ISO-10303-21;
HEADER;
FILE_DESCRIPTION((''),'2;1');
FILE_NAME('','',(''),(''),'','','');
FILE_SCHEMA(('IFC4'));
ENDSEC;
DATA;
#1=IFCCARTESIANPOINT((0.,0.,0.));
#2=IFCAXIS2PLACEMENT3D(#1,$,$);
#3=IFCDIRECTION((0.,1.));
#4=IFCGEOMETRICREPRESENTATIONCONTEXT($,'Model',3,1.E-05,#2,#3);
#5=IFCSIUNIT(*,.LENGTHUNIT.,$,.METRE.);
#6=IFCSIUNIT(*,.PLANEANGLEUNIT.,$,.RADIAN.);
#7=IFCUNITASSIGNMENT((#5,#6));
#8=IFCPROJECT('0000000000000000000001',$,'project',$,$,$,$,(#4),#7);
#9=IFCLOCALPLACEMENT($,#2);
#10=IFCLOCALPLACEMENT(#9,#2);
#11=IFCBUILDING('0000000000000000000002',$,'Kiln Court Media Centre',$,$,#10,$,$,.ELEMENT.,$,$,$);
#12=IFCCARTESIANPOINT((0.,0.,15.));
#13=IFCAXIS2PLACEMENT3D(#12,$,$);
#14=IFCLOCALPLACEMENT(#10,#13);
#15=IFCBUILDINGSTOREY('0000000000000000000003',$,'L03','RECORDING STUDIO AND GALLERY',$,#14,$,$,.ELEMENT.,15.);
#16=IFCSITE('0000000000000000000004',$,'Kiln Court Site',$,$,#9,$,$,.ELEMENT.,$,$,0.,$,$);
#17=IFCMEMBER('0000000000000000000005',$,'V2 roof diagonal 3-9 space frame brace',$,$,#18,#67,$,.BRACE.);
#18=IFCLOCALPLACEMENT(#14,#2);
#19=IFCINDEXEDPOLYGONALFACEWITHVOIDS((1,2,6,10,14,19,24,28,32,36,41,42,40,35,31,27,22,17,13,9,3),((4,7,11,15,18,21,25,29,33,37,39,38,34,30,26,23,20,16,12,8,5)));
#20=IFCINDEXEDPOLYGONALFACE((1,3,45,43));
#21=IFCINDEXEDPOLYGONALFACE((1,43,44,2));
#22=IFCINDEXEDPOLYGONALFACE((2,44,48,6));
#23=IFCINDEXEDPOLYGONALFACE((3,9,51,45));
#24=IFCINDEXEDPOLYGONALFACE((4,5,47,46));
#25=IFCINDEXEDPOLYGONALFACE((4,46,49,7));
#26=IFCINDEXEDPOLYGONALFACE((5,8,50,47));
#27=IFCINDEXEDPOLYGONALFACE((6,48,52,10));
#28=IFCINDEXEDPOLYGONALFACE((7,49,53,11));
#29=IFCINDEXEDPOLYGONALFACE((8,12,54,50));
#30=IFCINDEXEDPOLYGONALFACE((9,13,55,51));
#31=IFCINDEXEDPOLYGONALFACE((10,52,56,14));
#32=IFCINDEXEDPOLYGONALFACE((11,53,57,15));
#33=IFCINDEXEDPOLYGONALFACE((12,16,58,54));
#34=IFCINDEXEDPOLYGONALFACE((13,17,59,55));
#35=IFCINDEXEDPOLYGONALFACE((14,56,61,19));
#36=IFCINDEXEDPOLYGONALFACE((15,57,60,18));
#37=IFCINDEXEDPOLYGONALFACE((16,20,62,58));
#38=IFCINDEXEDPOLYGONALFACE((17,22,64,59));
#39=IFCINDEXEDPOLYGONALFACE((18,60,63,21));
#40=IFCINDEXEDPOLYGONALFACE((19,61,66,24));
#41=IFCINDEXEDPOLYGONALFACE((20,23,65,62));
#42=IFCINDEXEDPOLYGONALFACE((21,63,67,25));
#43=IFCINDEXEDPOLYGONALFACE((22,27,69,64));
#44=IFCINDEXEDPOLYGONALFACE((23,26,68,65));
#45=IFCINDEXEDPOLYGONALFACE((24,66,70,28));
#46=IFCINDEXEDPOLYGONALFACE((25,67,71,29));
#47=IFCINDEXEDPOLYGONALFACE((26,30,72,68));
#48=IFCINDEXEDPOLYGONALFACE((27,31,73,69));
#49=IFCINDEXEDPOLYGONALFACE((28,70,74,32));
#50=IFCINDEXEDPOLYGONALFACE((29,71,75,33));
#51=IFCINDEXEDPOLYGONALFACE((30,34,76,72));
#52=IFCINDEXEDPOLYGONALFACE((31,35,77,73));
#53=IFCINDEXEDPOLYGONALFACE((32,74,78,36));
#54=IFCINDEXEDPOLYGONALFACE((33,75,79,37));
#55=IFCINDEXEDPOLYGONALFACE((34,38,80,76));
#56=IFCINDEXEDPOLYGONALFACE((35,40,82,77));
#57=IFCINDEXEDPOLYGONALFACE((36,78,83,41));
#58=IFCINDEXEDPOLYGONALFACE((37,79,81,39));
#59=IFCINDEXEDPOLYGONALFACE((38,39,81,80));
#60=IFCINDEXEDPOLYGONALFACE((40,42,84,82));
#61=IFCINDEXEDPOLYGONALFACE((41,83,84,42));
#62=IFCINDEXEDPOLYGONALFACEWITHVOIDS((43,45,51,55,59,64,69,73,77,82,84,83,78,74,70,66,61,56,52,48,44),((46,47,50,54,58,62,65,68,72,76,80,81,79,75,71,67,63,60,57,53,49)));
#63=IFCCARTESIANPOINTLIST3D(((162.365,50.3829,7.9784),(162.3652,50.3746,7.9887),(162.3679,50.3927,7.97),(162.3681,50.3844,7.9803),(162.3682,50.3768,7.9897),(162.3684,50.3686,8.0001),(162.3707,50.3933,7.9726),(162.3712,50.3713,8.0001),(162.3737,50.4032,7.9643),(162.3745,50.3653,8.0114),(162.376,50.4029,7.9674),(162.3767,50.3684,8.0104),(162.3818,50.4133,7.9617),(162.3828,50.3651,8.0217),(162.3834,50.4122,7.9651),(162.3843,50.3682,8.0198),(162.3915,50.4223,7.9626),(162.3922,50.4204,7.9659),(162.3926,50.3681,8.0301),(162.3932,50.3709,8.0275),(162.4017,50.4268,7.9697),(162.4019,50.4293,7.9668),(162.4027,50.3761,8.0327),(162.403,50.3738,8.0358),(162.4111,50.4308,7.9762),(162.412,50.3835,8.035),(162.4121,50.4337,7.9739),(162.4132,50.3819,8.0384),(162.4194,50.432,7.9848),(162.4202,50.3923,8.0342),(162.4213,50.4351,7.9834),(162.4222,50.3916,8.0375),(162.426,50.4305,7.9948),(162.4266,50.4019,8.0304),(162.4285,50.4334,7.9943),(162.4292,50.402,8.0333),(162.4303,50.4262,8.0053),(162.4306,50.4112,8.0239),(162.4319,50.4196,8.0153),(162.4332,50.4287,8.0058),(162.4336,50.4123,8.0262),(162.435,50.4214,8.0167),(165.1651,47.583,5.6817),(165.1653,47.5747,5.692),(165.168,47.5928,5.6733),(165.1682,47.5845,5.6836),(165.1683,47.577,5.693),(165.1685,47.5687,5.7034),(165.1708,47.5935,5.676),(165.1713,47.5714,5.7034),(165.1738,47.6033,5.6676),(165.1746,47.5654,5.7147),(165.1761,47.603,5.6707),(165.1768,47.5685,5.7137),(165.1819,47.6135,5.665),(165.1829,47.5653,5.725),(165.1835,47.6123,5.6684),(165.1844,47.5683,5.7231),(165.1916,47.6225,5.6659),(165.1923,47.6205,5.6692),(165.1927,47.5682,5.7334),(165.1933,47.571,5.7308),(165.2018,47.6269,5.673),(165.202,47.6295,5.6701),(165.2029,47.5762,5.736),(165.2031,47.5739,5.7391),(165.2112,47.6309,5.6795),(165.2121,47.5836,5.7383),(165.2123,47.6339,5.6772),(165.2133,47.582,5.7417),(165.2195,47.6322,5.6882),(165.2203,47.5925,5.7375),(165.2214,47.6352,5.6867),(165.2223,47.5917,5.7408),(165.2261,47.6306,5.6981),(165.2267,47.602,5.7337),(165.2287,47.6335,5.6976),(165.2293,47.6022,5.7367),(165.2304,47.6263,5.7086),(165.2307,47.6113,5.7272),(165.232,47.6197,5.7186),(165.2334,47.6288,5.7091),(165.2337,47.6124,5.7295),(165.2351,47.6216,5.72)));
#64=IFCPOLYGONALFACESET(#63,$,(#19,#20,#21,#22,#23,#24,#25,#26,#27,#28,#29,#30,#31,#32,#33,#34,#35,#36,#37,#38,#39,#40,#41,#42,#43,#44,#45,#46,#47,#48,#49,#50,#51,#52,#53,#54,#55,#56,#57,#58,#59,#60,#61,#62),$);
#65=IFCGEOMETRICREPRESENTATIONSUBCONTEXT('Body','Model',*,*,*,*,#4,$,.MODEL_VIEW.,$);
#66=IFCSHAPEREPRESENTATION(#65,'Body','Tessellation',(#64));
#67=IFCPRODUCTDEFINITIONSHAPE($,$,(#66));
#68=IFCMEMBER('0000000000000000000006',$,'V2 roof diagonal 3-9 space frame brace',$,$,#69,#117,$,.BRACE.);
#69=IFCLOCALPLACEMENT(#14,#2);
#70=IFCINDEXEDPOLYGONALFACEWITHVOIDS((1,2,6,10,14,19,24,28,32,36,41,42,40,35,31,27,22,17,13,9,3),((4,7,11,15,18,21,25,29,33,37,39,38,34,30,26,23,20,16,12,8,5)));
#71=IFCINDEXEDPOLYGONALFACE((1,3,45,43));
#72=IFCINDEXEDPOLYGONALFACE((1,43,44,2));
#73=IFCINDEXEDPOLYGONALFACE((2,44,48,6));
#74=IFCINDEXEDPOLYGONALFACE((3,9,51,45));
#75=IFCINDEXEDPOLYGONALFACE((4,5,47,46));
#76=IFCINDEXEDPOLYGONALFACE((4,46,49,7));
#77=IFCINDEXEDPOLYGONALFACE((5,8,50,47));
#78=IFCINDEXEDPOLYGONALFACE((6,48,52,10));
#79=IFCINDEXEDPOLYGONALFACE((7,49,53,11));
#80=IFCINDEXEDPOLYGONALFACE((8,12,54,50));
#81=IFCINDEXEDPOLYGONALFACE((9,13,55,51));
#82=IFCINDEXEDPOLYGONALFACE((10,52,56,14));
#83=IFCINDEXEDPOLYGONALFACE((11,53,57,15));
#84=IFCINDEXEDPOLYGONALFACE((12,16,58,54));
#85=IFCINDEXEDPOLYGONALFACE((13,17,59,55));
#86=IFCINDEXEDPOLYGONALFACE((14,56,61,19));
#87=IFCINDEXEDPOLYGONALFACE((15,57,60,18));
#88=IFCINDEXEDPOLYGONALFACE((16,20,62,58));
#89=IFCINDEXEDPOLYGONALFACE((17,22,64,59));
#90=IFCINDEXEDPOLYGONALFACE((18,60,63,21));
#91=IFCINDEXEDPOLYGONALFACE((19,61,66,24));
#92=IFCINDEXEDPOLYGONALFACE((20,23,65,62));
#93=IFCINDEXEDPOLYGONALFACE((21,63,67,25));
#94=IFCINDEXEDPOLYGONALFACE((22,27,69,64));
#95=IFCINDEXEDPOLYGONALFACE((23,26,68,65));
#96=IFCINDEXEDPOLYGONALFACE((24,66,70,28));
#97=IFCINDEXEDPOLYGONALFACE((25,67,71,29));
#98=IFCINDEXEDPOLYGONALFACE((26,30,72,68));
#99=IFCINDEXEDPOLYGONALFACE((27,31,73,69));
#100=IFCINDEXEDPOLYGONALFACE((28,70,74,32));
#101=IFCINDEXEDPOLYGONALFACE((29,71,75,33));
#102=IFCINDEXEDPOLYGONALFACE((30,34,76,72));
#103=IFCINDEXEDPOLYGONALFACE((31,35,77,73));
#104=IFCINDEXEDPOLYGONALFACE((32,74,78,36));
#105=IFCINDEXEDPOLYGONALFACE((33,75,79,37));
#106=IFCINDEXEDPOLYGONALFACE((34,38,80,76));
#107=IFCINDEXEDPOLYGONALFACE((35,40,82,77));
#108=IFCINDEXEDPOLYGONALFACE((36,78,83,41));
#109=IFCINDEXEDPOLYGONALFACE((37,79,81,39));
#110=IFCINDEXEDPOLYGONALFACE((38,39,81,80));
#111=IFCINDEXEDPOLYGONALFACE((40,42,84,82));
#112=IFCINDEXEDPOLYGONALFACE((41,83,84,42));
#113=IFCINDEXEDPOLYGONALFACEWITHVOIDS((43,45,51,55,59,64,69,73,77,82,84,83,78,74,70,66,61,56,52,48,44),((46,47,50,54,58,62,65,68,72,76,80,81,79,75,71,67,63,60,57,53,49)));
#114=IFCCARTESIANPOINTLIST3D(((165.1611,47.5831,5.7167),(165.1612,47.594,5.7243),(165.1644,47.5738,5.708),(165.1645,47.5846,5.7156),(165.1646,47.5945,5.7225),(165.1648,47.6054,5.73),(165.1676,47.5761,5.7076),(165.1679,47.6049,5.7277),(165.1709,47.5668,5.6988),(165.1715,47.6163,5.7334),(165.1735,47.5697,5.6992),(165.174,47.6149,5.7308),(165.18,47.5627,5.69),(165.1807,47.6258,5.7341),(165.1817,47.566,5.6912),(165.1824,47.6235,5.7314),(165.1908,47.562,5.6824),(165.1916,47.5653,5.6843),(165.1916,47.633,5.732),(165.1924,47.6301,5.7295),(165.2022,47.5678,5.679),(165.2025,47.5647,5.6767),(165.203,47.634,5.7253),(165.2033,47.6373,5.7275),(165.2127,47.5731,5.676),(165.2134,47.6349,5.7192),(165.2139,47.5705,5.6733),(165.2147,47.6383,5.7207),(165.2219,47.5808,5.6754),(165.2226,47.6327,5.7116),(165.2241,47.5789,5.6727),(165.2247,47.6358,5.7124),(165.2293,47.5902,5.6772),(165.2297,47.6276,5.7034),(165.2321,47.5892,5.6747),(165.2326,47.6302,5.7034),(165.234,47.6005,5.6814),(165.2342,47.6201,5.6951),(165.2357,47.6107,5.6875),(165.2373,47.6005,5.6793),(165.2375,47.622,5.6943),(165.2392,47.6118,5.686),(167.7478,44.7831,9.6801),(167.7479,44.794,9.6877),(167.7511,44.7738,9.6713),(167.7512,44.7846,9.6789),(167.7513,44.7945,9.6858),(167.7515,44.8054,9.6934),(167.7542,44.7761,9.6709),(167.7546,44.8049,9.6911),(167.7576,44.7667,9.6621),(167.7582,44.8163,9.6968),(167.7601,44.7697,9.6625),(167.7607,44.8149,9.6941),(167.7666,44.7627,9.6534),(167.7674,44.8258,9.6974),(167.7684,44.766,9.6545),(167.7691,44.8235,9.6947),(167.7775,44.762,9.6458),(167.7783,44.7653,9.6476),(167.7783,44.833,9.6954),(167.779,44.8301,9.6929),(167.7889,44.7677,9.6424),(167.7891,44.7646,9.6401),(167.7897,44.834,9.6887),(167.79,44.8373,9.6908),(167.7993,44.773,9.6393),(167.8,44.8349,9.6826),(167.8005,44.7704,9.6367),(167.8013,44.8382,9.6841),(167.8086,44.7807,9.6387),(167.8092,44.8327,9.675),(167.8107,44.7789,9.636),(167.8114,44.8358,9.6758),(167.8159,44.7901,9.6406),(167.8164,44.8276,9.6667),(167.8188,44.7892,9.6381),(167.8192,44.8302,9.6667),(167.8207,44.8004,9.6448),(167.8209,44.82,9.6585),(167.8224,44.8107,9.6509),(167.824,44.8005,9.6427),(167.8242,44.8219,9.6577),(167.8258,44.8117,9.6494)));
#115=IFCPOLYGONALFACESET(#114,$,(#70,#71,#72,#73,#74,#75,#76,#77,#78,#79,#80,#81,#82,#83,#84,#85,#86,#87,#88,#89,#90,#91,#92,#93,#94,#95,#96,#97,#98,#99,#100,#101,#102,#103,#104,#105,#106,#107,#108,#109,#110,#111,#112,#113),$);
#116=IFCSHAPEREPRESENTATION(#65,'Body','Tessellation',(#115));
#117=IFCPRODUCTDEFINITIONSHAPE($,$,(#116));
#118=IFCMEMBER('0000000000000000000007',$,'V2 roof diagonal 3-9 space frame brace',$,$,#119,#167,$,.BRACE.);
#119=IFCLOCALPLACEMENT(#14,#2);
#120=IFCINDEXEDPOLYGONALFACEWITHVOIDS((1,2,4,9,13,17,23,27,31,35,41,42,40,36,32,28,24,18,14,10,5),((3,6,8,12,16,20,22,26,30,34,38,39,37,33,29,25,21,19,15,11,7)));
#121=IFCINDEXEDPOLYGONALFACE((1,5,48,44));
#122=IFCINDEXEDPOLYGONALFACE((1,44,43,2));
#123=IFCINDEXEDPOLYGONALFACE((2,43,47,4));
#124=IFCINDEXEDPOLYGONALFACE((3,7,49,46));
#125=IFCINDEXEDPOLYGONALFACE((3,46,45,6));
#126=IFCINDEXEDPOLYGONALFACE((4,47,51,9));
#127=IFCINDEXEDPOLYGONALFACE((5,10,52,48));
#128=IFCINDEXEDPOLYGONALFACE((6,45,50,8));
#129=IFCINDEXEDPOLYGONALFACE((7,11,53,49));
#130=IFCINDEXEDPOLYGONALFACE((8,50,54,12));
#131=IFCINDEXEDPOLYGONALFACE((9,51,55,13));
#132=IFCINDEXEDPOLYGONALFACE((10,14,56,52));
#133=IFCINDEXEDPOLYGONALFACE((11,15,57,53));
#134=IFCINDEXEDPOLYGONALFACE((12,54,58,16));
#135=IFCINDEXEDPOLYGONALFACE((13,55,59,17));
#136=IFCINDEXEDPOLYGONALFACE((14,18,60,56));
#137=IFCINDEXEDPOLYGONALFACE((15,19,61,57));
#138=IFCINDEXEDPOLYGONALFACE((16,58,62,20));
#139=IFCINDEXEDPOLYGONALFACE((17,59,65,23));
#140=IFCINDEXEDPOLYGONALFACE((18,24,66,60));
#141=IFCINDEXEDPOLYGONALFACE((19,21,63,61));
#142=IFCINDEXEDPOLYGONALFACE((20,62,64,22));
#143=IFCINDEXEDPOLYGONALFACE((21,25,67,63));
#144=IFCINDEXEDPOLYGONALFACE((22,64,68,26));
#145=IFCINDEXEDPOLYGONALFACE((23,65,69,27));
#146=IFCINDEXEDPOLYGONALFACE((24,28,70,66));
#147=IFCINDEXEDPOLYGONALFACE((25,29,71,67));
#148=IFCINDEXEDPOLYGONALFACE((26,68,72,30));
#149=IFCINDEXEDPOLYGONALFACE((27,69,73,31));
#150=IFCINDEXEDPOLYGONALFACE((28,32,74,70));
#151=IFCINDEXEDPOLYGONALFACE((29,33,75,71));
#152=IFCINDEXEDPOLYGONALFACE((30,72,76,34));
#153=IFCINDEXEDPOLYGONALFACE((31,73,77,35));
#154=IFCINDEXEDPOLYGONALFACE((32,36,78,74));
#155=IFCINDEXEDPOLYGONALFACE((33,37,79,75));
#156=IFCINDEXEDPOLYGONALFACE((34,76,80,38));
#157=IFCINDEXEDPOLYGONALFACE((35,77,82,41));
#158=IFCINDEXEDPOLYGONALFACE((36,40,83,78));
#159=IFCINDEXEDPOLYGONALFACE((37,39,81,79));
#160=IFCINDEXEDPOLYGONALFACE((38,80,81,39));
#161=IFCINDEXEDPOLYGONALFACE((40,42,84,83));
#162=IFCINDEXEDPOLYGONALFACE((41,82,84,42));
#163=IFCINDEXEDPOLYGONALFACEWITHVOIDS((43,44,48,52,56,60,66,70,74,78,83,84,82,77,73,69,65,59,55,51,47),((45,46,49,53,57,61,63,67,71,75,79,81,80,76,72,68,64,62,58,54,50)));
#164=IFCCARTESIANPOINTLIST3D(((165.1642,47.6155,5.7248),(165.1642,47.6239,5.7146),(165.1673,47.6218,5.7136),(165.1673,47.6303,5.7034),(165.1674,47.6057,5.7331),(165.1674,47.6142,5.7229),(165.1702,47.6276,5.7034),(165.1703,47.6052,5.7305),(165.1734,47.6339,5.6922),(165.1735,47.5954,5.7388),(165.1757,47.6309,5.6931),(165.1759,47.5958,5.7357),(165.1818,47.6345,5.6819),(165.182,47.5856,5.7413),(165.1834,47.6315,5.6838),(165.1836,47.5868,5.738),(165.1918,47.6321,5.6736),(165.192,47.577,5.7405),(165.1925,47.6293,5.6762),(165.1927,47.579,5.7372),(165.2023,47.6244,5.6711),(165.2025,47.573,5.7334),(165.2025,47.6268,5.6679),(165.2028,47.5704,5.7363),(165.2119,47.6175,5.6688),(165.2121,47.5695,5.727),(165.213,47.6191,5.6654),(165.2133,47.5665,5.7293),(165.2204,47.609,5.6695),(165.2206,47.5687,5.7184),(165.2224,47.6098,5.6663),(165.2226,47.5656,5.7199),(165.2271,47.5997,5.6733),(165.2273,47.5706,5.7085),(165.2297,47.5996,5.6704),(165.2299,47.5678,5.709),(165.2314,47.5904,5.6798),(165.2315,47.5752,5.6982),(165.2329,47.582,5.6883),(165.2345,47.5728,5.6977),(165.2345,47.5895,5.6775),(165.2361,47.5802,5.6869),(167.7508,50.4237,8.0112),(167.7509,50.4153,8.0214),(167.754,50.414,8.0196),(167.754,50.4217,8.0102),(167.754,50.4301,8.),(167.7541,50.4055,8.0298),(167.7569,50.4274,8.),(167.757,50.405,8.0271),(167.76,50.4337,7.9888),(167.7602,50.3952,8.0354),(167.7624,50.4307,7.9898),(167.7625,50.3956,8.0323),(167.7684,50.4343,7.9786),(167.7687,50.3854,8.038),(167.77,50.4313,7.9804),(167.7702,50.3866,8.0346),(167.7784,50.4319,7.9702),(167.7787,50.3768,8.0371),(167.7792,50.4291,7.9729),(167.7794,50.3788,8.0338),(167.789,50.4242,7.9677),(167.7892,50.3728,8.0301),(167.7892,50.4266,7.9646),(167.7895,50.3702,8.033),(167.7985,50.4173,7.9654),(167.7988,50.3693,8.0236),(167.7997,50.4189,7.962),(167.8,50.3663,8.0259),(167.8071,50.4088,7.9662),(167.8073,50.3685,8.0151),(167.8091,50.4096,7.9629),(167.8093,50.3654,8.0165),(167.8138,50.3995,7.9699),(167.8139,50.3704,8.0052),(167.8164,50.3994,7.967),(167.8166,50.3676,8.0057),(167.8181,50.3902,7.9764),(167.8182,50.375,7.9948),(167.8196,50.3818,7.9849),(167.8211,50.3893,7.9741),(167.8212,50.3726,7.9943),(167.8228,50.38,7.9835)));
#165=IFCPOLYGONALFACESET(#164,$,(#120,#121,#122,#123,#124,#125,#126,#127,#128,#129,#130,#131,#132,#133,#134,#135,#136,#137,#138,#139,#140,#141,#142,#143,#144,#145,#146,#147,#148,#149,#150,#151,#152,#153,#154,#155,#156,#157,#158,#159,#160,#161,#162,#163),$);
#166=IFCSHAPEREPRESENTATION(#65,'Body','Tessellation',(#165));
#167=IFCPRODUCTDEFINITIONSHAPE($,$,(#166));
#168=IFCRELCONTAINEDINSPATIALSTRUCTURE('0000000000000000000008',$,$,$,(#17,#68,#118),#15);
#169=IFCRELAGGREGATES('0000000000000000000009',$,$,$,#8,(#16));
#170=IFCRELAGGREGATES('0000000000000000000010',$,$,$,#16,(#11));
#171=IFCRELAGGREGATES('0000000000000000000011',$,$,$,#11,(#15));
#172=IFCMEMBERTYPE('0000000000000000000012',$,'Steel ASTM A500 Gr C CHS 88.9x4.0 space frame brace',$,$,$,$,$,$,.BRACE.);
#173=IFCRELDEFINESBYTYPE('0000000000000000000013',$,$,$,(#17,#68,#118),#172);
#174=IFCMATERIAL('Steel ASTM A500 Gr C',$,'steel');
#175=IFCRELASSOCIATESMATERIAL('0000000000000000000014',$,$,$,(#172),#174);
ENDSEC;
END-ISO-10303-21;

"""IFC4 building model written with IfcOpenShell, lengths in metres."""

from ifc_helpers import new_model, si_unit, direction, frame, origin, origin_2d, place, context, subcontext, project, spatial, hollow_circle, extrude, material, material_profile, profile_set, type_object, element, save


model = new_model("IFC4")

# Units and contexts
model_context = context("Model", 3, precision=1e-05, world=origin(), true_north=direction((0.0, 1.0)))
body_context = subcontext(model_context, "Body", "Model", "MODEL_VIEW")
ifc_project = project(units=[si_unit("LENGTHUNIT", "METRE"), si_unit("PLANEANGLEUNIT", "RADIAN")], contexts=[model_context])

# Site, building, storey
site_placement = place(None, origin())
site = spatial("IfcSite", under=ifc_project, at=site_placement, Name="Kiln Court Site", CompositionType="ELEMENT", RefElevation=0.0)
building_placement = place(site_placement, origin())
building = spatial("IfcBuilding", under=site, at=building_placement, Name="Kiln Court Media Centre", CompositionType="ELEMENT")
storey_placement = place(building_placement, frame((0.0, 0.0, 15.0)))
storey = spatial("IfcBuildingStorey", under=building, at=storey_placement, Name="L03", Description="RECORDING STUDIO AND GALLERY", CompositionType="ELEMENT", Elevation=15.0)

# Members
ifc_material_1 = material(Name="Steel ASTM A500 Gr C", Category="steel")
ifc_material_profile_1 = material_profile(ifc_material_1, hollow_circle(Radius=0.0444, WallThickness=0.0039, at=origin_2d()), Name="CHS 88.9x4.0")
ifc_profile_set_1 = profile_set([ifc_material_profile_1], Name="Steel ASTM A500 Gr C")
member_type_1 = type_object("IfcMemberType", Name="Steel ASTM A500 Gr C CHS 88.9x4.0 space frame brace", PredefinedType="BRACE", material=ifc_profile_set_1)
member_1_placement = place(storey_placement, frame((165.2, 47.6001, 5.7034), z_axis=(-0.611696, 0.611642, 0.501719), x_axis=(-0.707076, -0.707138, 0.0)))
element("IfcMember", 1, at=member_1_placement, inside=storey, type_object=member_type_1, Name="V2 roof diagonal 3-9 space frame brace", PredefinedType="BRACE", context=body_context, shape_type="SweptSolid", body=[
    extrude(hollow_circle(Radius=0.0444, WallThickness=0.0039, at=origin_2d()), origin(), (0.0, 0.0, 1.0), 4.5776),
])
member_2_placement = place(storey_placement, frame((165.2, 47.6001, 5.7034), z_axis=(0.470385, -0.509188, 0.720739), x_axis=(0.734541, 0.678565, 0.0)))
element("IfcMember", 2, at=member_2_placement, inside=storey, type_object=member_type_1, Name="V2 roof diagonal 3-9 space frame brace", PredefinedType="BRACE", context=body_context, shape_type="SweptSolid", body=[
    extrude(hollow_circle(Radius=0.0444, WallThickness=0.0039, at=origin_2d()), origin(), (0.0, 0.0, 1.0), 5.499),
])
member_3_placement = place(storey_placement, frame((165.2, 47.6001, 5.7034), z_axis=(0.581248, 0.629141, 0.516074), x_axis=(-0.734511, 0.678597, 0.0)))
element("IfcMember", 3, at=member_3_placement, inside=storey, type_object=member_type_1, Name="V2 roof diagonal 3-9 space frame brace", PredefinedType="BRACE", context=body_context, shape_type="SweptSolid", body=[
    extrude(hollow_circle(Radius=0.0444, WallThickness=0.0039, at=origin_2d()), origin(), (0.0, 0.0, 1.0), 4.4502),
])

save(model, "model.ifc")
